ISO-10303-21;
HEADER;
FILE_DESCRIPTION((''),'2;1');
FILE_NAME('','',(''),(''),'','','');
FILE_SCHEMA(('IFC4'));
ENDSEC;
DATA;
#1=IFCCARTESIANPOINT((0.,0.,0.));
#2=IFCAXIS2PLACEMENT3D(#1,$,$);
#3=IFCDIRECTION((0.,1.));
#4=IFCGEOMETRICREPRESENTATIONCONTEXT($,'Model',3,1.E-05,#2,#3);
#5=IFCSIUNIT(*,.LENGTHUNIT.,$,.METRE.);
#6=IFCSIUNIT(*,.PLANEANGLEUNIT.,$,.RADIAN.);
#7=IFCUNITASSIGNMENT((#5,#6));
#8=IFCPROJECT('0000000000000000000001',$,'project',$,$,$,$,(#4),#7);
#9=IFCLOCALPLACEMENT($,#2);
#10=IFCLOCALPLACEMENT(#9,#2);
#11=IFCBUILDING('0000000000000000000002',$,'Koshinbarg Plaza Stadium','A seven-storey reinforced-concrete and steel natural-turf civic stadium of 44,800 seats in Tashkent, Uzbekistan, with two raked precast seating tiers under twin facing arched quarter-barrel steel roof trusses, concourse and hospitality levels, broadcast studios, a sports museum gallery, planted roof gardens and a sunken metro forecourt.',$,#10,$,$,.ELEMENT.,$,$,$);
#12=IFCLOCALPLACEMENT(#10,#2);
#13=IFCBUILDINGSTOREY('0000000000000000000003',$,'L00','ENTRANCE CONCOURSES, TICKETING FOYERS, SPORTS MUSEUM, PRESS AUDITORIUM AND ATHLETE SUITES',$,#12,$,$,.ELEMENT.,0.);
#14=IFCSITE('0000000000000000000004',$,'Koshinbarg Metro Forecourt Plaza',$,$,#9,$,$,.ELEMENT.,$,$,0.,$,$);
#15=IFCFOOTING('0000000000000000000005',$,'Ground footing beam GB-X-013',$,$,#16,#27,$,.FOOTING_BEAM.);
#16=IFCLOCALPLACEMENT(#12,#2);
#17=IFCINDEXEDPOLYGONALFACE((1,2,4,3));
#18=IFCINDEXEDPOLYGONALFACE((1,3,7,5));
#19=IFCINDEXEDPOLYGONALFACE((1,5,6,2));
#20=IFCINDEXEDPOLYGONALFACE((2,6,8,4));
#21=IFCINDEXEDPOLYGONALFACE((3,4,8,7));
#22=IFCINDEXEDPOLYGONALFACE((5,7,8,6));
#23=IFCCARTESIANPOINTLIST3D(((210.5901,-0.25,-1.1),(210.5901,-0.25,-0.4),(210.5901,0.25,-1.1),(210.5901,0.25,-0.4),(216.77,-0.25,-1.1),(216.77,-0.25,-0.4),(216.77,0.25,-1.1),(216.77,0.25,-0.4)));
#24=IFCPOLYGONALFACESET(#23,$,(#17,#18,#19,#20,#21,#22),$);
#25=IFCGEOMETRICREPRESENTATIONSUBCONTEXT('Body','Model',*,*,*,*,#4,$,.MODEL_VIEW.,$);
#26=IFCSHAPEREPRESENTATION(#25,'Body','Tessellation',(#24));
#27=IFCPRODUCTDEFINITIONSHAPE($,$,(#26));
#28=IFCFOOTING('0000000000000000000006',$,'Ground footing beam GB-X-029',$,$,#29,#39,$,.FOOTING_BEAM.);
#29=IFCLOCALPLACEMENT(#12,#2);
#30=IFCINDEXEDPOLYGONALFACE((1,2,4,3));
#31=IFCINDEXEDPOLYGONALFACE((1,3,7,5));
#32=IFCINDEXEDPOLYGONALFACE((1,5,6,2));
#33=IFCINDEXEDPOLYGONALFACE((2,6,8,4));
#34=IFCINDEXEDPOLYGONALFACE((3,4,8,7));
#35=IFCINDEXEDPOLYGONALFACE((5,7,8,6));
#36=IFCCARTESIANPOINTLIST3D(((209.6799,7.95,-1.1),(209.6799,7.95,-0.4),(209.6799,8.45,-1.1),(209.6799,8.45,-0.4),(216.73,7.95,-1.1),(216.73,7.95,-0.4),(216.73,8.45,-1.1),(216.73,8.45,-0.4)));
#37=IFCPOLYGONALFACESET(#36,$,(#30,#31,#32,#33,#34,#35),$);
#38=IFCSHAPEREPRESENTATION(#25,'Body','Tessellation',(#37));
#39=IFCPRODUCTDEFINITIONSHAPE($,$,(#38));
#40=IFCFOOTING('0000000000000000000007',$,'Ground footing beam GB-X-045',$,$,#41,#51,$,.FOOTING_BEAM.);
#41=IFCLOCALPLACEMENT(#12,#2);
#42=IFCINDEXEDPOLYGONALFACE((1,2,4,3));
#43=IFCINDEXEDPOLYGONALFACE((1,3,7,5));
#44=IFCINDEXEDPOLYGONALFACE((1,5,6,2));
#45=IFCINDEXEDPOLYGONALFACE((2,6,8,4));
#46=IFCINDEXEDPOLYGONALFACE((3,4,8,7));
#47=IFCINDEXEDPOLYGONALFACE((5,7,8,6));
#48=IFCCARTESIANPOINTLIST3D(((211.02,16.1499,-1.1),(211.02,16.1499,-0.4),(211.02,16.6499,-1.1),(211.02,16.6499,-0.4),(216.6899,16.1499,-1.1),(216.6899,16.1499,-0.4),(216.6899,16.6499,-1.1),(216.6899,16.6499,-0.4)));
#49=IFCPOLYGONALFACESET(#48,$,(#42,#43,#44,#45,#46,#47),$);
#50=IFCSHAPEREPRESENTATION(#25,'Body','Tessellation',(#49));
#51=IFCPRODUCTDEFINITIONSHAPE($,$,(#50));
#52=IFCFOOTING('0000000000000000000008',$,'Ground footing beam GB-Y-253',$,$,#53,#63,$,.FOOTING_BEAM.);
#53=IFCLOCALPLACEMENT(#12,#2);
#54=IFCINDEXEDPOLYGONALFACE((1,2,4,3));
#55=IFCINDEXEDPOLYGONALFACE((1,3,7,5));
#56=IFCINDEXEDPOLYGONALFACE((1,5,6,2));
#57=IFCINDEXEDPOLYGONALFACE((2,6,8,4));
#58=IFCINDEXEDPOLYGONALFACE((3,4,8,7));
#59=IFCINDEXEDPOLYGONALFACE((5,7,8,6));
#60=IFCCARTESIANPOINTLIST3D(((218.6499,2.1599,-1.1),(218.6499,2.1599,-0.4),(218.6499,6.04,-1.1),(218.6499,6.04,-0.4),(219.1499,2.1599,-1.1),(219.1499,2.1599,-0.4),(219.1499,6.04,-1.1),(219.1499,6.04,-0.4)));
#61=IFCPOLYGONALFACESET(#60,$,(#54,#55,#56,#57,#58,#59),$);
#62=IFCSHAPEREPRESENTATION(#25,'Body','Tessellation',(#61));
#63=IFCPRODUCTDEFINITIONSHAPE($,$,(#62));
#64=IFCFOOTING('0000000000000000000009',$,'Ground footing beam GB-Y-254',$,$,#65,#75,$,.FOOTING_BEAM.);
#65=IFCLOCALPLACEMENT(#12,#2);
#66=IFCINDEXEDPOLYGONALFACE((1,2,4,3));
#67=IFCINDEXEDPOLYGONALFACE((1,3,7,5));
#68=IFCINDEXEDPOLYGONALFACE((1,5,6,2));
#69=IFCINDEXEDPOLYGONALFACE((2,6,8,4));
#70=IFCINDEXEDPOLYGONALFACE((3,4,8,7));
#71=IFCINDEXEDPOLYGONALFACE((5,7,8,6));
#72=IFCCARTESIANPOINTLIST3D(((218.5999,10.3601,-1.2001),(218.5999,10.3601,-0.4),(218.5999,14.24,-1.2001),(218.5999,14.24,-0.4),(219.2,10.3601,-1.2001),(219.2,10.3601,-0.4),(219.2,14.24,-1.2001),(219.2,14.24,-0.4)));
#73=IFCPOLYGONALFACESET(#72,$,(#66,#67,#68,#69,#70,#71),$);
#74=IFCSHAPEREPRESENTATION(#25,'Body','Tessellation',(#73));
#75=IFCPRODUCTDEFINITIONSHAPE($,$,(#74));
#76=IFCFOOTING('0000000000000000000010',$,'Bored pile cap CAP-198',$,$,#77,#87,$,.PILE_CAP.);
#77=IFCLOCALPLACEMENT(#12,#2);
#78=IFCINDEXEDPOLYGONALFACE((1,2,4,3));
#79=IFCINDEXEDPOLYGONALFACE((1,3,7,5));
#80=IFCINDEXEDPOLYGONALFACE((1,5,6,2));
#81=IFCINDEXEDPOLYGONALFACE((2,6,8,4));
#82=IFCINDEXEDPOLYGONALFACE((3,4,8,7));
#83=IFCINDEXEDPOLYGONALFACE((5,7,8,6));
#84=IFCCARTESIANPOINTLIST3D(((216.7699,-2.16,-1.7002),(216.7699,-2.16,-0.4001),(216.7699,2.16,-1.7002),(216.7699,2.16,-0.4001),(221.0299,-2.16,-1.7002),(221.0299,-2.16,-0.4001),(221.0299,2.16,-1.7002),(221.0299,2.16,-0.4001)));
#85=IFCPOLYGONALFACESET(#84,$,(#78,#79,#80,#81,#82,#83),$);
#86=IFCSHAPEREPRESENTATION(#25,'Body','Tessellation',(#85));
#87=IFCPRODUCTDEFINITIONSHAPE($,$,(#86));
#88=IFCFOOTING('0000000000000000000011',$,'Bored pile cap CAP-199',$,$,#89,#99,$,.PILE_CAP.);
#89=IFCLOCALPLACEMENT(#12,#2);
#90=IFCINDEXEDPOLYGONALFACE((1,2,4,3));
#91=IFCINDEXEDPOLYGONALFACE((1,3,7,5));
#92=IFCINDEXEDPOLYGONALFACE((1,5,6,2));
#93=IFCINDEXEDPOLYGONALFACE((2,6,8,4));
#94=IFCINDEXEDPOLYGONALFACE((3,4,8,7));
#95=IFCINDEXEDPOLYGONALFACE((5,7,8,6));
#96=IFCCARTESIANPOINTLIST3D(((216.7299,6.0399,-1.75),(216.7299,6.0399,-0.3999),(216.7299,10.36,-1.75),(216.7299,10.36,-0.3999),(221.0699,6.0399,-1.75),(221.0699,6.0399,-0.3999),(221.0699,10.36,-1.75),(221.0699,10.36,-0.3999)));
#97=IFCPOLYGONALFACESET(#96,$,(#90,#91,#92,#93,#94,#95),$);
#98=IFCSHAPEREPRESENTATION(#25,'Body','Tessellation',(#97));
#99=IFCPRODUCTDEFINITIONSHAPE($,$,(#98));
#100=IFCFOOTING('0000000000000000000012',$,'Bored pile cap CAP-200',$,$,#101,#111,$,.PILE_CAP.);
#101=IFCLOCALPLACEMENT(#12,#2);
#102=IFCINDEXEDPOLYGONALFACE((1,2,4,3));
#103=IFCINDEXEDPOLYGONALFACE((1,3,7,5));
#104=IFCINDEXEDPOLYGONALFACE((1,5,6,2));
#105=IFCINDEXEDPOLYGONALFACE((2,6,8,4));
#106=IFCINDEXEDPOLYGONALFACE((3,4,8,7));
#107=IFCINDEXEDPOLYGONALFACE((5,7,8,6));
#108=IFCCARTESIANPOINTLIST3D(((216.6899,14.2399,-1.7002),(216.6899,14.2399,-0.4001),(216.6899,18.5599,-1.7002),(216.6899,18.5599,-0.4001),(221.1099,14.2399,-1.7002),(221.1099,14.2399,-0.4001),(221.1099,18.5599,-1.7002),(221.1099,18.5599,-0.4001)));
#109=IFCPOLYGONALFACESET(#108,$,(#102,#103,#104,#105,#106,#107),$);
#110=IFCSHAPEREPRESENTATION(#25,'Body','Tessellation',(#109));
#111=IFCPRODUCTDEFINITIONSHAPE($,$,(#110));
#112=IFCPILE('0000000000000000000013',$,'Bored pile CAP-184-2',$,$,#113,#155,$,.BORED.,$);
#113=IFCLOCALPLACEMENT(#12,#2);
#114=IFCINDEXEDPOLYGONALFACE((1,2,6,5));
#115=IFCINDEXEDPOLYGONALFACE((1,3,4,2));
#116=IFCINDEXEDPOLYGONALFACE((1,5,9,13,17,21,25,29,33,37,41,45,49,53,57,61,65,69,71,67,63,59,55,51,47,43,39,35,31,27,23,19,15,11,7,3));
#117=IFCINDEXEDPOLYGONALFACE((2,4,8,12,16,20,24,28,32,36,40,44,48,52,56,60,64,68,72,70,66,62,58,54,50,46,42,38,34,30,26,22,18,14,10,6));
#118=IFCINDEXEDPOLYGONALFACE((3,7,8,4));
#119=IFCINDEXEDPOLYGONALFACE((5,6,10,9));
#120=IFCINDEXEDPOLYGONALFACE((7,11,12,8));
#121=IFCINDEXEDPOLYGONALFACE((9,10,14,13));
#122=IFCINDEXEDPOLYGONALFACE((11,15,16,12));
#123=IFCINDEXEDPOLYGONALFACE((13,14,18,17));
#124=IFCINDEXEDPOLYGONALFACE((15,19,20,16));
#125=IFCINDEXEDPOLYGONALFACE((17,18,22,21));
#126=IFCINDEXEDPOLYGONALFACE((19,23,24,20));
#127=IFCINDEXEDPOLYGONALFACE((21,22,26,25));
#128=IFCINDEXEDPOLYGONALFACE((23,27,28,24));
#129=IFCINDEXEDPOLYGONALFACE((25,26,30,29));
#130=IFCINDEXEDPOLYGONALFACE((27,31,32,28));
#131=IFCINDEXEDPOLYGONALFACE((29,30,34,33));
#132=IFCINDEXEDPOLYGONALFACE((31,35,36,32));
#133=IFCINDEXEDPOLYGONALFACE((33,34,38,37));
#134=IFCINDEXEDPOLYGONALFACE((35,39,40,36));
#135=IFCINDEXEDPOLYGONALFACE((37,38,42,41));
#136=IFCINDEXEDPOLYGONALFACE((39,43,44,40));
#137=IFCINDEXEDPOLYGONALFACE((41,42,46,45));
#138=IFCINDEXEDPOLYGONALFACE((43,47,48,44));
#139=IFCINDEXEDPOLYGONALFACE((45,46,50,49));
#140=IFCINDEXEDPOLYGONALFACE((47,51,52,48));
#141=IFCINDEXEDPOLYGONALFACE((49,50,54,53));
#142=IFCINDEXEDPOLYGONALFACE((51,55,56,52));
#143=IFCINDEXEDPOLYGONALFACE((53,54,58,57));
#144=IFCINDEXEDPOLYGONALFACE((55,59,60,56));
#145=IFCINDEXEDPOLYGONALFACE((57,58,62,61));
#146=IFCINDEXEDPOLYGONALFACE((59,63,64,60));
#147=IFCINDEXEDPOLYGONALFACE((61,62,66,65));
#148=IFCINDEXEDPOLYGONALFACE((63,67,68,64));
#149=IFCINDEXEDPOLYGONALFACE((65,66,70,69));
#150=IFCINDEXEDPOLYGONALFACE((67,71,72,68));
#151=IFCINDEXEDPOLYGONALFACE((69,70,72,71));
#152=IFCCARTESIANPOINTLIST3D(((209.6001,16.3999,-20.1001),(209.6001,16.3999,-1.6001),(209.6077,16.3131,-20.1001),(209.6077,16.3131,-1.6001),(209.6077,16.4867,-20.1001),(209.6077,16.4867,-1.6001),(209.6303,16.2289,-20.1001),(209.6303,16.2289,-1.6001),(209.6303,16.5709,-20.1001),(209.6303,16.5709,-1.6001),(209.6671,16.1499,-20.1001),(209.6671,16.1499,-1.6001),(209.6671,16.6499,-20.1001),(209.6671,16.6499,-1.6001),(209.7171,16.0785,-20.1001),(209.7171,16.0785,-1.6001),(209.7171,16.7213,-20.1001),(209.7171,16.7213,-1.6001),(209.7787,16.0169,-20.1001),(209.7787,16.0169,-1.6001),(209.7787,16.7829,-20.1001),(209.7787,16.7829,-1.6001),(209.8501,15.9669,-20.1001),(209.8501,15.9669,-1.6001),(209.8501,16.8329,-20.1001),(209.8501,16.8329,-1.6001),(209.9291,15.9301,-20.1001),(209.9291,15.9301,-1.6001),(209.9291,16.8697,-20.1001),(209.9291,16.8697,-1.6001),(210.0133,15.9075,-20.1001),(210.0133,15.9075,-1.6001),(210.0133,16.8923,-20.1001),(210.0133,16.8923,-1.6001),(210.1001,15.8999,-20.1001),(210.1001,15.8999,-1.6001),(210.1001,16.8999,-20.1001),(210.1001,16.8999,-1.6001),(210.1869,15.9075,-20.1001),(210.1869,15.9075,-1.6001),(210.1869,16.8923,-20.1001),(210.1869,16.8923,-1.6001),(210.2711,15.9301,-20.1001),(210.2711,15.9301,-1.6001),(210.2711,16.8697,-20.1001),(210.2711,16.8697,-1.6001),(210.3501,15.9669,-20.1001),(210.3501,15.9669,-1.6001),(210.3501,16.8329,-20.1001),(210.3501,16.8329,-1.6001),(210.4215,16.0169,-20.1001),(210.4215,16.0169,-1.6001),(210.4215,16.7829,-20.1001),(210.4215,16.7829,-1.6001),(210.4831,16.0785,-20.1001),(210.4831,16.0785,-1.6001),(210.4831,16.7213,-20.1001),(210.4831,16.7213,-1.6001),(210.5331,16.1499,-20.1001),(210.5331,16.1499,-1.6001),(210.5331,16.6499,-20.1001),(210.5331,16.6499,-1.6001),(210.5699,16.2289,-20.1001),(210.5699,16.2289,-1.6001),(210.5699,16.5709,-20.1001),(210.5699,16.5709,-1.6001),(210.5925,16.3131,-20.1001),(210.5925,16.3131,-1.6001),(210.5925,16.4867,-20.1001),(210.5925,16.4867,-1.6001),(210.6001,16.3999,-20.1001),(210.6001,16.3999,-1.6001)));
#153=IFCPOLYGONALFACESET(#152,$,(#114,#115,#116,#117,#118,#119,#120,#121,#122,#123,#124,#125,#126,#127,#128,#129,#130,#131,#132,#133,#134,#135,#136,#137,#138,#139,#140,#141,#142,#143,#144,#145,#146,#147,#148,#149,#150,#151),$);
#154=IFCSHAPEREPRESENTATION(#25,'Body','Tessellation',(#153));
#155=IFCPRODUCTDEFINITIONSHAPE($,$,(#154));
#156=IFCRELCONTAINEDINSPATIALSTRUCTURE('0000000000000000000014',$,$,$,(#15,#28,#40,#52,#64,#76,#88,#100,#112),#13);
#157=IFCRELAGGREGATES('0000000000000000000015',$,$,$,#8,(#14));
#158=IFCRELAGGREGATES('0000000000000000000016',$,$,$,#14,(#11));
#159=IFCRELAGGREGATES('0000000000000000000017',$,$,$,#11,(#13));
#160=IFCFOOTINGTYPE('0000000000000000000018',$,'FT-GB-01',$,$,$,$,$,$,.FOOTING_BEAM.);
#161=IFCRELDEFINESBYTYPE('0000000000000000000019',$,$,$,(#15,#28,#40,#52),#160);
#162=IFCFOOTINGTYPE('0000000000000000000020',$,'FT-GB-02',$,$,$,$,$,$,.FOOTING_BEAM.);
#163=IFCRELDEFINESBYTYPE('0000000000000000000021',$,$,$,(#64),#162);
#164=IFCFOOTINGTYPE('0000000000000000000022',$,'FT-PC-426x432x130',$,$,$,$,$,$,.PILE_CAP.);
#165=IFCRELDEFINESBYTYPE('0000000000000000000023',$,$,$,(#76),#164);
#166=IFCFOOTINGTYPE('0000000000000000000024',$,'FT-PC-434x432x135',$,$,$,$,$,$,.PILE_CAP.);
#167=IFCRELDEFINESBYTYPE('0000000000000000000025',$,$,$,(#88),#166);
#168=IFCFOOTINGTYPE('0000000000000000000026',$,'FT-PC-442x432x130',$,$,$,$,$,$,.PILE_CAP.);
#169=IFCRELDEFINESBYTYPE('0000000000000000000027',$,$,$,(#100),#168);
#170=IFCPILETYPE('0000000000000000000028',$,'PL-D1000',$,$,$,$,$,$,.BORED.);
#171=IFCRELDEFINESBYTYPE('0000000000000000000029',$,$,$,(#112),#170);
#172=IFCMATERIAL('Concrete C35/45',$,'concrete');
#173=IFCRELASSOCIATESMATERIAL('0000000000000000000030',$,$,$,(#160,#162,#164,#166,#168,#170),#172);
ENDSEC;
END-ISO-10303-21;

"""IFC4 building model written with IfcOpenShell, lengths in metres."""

from ifc_helpers import new_model, si_unit, direction, frame, origin, origin_2d, place, context, subcontext, project, spatial, rectangle, circle, extrude, material, material_profile, profile_set, type_object, element, save


model = new_model("IFC4")

# Units and contexts
model_context = context("Model", 3, precision=1e-05, world=origin(), true_north=direction((0.0, 1.0)))
body_context = subcontext(model_context, "Body", "Model", "MODEL_VIEW")
ifc_project = project(units=[si_unit("LENGTHUNIT", "METRE"), si_unit("PLANEANGLEUNIT", "RADIAN")], contexts=[model_context])

# Site, building, storey
site_placement = place(None, origin())
site = spatial("IfcSite", under=ifc_project, at=site_placement, Name="Koshinbarg Metro Forecourt Plaza", CompositionType="ELEMENT", RefElevation=0.0)
building_placement = place(site_placement, origin())
building = spatial("IfcBuilding", under=site, at=building_placement, Name="Koshinbarg Plaza Stadium", Description="A seven-storey reinforced-concrete and steel natural-turf civic stadium of 44,800 seats in Tashkent, Uzbekistan, with two raked precast seating tiers under twin facing arched quarter-barrel steel roof trusses, concourse and hospitality levels, broadcast studios, a sports museum gallery, planted roof gardens and a sunken metro forecourt.", CompositionType="ELEMENT")
storey_placement = place(building_placement, origin())
storey = spatial("IfcBuildingStorey", under=building, at=storey_placement, Name="L00", Description="ENTRANCE CONCOURSES, TICKETING FOYERS, SPORTS MUSEUM, PRESS AUDITORIUM AND ATHLETE SUITES", CompositionType="ELEMENT", Elevation=0.0)

# Footings
ifc_material_1 = material(Name="Concrete C35/45", Category="concrete")
ifc_material_profile_1 = material_profile(ifc_material_1, rectangle(XDim=0.5, YDim=0.7, at=origin_2d()), Name="GB 500x700")
ifc_profile_set_1 = profile_set([ifc_material_profile_1], Name="Concrete C35/45")
footing_type_1 = type_object("IfcFootingType", Name="FT-GB-01", PredefinedType="FOOTING_BEAM", material=ifc_profile_set_1)
footing_1_placement = place(storey_placement, frame((210.5901, 0.0, -0.75), z_axis=(1.0, 0.0, 0.0), x_axis=(0.0, 1.0, 0.0)))
element("IfcFooting", 1, at=footing_1_placement, inside=storey, type_object=footing_type_1, Name="Ground footing beam GB-X-013", PredefinedType="FOOTING_BEAM", context=body_context, shape_type="SweptSolid", body=[
    extrude(rectangle(XDim=0.5, YDim=0.7, at=origin_2d()), origin(), (0.0, 0.0, 1.0), 6.1799),
])
footing_2_placement = place(storey_placement, frame((209.6799, 8.2, -0.75), z_axis=(1.0, 0.0, 0.0), x_axis=(0.0, 1.0, 0.0)))
element("IfcFooting", 2, at=footing_2_placement, inside=storey, type_object=footing_type_1, Name="Ground footing beam GB-X-029", PredefinedType="FOOTING_BEAM", context=body_context, shape_type="SweptSolid", body=[
    extrude(rectangle(XDim=0.5, YDim=0.7, at=origin_2d()), origin(), (0.0, 0.0, 1.0), 7.05),
])
footing_3_placement = place(storey_placement, frame((211.02, 16.3999, -0.75), z_axis=(1.0, 0.0, 0.0), x_axis=(0.0, 1.0, 0.0)))
element("IfcFooting", 3, at=footing_3_placement, inside=storey, type_object=footing_type_1, Name="Ground footing beam GB-X-045", PredefinedType="FOOTING_BEAM", context=body_context, shape_type="SweptSolid", body=[
    extrude(rectangle(XDim=0.5, YDim=0.7, at=origin_2d()), origin(), (0.0, 0.0, 1.0), 5.6699),
])
footing_4_placement = place(storey_placement, frame((218.8999, 2.1599, -0.75), z_axis=(0.0, 1.0, 0.0), x_axis=(-1.0, 0.0, 0.0)))
element("IfcFooting", 4, at=footing_4_placement, inside=storey, type_object=footing_type_1, Name="Ground footing beam GB-Y-253", PredefinedType="FOOTING_BEAM", context=body_context, shape_type="SweptSolid", body=[
    extrude(rectangle(XDim=0.5, YDim=0.7, at=origin_2d()), origin(), (0.0, 0.0, 1.0), 3.8801),
])
ifc_material_profile_2 = material_profile(ifc_material_1, rectangle(XDim=0.6001, YDim=0.8, at=origin_2d()), Name="GB 600x800")
ifc_profile_set_2 = profile_set([ifc_material_profile_2], Name="Concrete C35/45")
footing_type_2 = type_object("IfcFootingType", Name="FT-GB-02", PredefinedType="FOOTING_BEAM", material=ifc_profile_set_2)
footing_5_placement = place(storey_placement, frame((218.8999, 10.3601, -0.8), z_axis=(0.0, 1.0, 0.0), x_axis=(-1.0, 0.0, 0.0)))
element("IfcFooting", 5, at=footing_5_placement, inside=storey, type_object=footing_type_2, Name="Ground footing beam GB-Y-254", PredefinedType="FOOTING_BEAM", context=body_context, shape_type="SweptSolid", body=[
    extrude(rectangle(XDim=0.6001, YDim=0.8, at=origin_2d()), origin(), (0.0, 0.0, 1.0), 3.8799),
])
footing_type_3 = type_object("IfcFootingType", Name="FT-PC-426x432x130", PredefinedType="PILE_CAP", material=ifc_material_1)
footing_6_placement = place(storey_placement, frame((218.8999, 0.0, -1.7002), z_axis=(0.0, 0.0, 1.0), x_axis=(1.0, 0.0, 0.0)))
element("IfcFooting", 6, at=footing_6_placement, inside=storey, type_object=footing_type_3, Name="Bored pile cap CAP-198", PredefinedType="PILE_CAP", context=body_context, shape_type="SweptSolid", body=[
    extrude(rectangle(XDim=4.26, YDim=4.3201, at=origin_2d()), origin(), (0.0, 0.0, 1.0), 1.3),
])
footing_type_4 = type_object("IfcFootingType", Name="FT-PC-434x432x135", PredefinedType="PILE_CAP", material=ifc_material_1)
footing_7_placement = place(storey_placement, frame((218.8999, 8.2, -1.75), z_axis=(0.0, 0.0, 1.0), x_axis=(1.0, 0.0, 0.0)))
element("IfcFooting", 7, at=footing_7_placement, inside=storey, type_object=footing_type_4, Name="Bored pile cap CAP-199", PredefinedType="PILE_CAP", context=body_context, shape_type="SweptSolid", body=[
    extrude(rectangle(XDim=4.3401, YDim=4.3201, at=origin_2d()), origin(), (0.0, 0.0, 1.0), 1.3501),
])
footing_type_5 = type_object("IfcFootingType", Name="FT-PC-442x432x130", PredefinedType="PILE_CAP", material=ifc_material_1)
footing_8_placement = place(storey_placement, frame((218.8999, 16.3999, -1.7002), z_axis=(0.0, 0.0, 1.0), x_axis=(1.0, 0.0, 0.0)))
element("IfcFooting", 8, at=footing_8_placement, inside=storey, type_object=footing_type_5, Name="Bored pile cap CAP-200", PredefinedType="PILE_CAP", context=body_context, shape_type="SweptSolid", body=[
    extrude(rectangle(XDim=4.4199, YDim=4.3201, at=origin_2d()), origin(), (0.0, 0.0, 1.0), 1.3),
])

# Pile
ifc_material_profile_3 = material_profile(ifc_material_1, circle(Radius=0.5, at=origin_2d()), Name="PILE D1000")
ifc_profile_set_3 = profile_set([ifc_material_profile_3], Name="Concrete C35/45")
pile_type_1 = type_object("IfcPileType", Name="PL-D1000", PredefinedType="BORED", material=ifc_profile_set_3)
pile_1_placement = place(storey_placement, frame((210.1001, 16.3999, -1.6001), z_axis=(0.0, 0.0, -1.0), x_axis=(1.0, 0.0, 0.0)))
element("IfcPile", 9, at=pile_1_placement, inside=storey, type_object=pile_type_1, Name="Bored pile CAP-184-2", PredefinedType="BORED", context=body_context, shape_type="SweptSolid", body=[
    extrude(circle(Radius=0.5, at=origin_2d()), origin(), (0.0, 0.0, 1.0), 18.5),
])

save(model, "model.ifc")
